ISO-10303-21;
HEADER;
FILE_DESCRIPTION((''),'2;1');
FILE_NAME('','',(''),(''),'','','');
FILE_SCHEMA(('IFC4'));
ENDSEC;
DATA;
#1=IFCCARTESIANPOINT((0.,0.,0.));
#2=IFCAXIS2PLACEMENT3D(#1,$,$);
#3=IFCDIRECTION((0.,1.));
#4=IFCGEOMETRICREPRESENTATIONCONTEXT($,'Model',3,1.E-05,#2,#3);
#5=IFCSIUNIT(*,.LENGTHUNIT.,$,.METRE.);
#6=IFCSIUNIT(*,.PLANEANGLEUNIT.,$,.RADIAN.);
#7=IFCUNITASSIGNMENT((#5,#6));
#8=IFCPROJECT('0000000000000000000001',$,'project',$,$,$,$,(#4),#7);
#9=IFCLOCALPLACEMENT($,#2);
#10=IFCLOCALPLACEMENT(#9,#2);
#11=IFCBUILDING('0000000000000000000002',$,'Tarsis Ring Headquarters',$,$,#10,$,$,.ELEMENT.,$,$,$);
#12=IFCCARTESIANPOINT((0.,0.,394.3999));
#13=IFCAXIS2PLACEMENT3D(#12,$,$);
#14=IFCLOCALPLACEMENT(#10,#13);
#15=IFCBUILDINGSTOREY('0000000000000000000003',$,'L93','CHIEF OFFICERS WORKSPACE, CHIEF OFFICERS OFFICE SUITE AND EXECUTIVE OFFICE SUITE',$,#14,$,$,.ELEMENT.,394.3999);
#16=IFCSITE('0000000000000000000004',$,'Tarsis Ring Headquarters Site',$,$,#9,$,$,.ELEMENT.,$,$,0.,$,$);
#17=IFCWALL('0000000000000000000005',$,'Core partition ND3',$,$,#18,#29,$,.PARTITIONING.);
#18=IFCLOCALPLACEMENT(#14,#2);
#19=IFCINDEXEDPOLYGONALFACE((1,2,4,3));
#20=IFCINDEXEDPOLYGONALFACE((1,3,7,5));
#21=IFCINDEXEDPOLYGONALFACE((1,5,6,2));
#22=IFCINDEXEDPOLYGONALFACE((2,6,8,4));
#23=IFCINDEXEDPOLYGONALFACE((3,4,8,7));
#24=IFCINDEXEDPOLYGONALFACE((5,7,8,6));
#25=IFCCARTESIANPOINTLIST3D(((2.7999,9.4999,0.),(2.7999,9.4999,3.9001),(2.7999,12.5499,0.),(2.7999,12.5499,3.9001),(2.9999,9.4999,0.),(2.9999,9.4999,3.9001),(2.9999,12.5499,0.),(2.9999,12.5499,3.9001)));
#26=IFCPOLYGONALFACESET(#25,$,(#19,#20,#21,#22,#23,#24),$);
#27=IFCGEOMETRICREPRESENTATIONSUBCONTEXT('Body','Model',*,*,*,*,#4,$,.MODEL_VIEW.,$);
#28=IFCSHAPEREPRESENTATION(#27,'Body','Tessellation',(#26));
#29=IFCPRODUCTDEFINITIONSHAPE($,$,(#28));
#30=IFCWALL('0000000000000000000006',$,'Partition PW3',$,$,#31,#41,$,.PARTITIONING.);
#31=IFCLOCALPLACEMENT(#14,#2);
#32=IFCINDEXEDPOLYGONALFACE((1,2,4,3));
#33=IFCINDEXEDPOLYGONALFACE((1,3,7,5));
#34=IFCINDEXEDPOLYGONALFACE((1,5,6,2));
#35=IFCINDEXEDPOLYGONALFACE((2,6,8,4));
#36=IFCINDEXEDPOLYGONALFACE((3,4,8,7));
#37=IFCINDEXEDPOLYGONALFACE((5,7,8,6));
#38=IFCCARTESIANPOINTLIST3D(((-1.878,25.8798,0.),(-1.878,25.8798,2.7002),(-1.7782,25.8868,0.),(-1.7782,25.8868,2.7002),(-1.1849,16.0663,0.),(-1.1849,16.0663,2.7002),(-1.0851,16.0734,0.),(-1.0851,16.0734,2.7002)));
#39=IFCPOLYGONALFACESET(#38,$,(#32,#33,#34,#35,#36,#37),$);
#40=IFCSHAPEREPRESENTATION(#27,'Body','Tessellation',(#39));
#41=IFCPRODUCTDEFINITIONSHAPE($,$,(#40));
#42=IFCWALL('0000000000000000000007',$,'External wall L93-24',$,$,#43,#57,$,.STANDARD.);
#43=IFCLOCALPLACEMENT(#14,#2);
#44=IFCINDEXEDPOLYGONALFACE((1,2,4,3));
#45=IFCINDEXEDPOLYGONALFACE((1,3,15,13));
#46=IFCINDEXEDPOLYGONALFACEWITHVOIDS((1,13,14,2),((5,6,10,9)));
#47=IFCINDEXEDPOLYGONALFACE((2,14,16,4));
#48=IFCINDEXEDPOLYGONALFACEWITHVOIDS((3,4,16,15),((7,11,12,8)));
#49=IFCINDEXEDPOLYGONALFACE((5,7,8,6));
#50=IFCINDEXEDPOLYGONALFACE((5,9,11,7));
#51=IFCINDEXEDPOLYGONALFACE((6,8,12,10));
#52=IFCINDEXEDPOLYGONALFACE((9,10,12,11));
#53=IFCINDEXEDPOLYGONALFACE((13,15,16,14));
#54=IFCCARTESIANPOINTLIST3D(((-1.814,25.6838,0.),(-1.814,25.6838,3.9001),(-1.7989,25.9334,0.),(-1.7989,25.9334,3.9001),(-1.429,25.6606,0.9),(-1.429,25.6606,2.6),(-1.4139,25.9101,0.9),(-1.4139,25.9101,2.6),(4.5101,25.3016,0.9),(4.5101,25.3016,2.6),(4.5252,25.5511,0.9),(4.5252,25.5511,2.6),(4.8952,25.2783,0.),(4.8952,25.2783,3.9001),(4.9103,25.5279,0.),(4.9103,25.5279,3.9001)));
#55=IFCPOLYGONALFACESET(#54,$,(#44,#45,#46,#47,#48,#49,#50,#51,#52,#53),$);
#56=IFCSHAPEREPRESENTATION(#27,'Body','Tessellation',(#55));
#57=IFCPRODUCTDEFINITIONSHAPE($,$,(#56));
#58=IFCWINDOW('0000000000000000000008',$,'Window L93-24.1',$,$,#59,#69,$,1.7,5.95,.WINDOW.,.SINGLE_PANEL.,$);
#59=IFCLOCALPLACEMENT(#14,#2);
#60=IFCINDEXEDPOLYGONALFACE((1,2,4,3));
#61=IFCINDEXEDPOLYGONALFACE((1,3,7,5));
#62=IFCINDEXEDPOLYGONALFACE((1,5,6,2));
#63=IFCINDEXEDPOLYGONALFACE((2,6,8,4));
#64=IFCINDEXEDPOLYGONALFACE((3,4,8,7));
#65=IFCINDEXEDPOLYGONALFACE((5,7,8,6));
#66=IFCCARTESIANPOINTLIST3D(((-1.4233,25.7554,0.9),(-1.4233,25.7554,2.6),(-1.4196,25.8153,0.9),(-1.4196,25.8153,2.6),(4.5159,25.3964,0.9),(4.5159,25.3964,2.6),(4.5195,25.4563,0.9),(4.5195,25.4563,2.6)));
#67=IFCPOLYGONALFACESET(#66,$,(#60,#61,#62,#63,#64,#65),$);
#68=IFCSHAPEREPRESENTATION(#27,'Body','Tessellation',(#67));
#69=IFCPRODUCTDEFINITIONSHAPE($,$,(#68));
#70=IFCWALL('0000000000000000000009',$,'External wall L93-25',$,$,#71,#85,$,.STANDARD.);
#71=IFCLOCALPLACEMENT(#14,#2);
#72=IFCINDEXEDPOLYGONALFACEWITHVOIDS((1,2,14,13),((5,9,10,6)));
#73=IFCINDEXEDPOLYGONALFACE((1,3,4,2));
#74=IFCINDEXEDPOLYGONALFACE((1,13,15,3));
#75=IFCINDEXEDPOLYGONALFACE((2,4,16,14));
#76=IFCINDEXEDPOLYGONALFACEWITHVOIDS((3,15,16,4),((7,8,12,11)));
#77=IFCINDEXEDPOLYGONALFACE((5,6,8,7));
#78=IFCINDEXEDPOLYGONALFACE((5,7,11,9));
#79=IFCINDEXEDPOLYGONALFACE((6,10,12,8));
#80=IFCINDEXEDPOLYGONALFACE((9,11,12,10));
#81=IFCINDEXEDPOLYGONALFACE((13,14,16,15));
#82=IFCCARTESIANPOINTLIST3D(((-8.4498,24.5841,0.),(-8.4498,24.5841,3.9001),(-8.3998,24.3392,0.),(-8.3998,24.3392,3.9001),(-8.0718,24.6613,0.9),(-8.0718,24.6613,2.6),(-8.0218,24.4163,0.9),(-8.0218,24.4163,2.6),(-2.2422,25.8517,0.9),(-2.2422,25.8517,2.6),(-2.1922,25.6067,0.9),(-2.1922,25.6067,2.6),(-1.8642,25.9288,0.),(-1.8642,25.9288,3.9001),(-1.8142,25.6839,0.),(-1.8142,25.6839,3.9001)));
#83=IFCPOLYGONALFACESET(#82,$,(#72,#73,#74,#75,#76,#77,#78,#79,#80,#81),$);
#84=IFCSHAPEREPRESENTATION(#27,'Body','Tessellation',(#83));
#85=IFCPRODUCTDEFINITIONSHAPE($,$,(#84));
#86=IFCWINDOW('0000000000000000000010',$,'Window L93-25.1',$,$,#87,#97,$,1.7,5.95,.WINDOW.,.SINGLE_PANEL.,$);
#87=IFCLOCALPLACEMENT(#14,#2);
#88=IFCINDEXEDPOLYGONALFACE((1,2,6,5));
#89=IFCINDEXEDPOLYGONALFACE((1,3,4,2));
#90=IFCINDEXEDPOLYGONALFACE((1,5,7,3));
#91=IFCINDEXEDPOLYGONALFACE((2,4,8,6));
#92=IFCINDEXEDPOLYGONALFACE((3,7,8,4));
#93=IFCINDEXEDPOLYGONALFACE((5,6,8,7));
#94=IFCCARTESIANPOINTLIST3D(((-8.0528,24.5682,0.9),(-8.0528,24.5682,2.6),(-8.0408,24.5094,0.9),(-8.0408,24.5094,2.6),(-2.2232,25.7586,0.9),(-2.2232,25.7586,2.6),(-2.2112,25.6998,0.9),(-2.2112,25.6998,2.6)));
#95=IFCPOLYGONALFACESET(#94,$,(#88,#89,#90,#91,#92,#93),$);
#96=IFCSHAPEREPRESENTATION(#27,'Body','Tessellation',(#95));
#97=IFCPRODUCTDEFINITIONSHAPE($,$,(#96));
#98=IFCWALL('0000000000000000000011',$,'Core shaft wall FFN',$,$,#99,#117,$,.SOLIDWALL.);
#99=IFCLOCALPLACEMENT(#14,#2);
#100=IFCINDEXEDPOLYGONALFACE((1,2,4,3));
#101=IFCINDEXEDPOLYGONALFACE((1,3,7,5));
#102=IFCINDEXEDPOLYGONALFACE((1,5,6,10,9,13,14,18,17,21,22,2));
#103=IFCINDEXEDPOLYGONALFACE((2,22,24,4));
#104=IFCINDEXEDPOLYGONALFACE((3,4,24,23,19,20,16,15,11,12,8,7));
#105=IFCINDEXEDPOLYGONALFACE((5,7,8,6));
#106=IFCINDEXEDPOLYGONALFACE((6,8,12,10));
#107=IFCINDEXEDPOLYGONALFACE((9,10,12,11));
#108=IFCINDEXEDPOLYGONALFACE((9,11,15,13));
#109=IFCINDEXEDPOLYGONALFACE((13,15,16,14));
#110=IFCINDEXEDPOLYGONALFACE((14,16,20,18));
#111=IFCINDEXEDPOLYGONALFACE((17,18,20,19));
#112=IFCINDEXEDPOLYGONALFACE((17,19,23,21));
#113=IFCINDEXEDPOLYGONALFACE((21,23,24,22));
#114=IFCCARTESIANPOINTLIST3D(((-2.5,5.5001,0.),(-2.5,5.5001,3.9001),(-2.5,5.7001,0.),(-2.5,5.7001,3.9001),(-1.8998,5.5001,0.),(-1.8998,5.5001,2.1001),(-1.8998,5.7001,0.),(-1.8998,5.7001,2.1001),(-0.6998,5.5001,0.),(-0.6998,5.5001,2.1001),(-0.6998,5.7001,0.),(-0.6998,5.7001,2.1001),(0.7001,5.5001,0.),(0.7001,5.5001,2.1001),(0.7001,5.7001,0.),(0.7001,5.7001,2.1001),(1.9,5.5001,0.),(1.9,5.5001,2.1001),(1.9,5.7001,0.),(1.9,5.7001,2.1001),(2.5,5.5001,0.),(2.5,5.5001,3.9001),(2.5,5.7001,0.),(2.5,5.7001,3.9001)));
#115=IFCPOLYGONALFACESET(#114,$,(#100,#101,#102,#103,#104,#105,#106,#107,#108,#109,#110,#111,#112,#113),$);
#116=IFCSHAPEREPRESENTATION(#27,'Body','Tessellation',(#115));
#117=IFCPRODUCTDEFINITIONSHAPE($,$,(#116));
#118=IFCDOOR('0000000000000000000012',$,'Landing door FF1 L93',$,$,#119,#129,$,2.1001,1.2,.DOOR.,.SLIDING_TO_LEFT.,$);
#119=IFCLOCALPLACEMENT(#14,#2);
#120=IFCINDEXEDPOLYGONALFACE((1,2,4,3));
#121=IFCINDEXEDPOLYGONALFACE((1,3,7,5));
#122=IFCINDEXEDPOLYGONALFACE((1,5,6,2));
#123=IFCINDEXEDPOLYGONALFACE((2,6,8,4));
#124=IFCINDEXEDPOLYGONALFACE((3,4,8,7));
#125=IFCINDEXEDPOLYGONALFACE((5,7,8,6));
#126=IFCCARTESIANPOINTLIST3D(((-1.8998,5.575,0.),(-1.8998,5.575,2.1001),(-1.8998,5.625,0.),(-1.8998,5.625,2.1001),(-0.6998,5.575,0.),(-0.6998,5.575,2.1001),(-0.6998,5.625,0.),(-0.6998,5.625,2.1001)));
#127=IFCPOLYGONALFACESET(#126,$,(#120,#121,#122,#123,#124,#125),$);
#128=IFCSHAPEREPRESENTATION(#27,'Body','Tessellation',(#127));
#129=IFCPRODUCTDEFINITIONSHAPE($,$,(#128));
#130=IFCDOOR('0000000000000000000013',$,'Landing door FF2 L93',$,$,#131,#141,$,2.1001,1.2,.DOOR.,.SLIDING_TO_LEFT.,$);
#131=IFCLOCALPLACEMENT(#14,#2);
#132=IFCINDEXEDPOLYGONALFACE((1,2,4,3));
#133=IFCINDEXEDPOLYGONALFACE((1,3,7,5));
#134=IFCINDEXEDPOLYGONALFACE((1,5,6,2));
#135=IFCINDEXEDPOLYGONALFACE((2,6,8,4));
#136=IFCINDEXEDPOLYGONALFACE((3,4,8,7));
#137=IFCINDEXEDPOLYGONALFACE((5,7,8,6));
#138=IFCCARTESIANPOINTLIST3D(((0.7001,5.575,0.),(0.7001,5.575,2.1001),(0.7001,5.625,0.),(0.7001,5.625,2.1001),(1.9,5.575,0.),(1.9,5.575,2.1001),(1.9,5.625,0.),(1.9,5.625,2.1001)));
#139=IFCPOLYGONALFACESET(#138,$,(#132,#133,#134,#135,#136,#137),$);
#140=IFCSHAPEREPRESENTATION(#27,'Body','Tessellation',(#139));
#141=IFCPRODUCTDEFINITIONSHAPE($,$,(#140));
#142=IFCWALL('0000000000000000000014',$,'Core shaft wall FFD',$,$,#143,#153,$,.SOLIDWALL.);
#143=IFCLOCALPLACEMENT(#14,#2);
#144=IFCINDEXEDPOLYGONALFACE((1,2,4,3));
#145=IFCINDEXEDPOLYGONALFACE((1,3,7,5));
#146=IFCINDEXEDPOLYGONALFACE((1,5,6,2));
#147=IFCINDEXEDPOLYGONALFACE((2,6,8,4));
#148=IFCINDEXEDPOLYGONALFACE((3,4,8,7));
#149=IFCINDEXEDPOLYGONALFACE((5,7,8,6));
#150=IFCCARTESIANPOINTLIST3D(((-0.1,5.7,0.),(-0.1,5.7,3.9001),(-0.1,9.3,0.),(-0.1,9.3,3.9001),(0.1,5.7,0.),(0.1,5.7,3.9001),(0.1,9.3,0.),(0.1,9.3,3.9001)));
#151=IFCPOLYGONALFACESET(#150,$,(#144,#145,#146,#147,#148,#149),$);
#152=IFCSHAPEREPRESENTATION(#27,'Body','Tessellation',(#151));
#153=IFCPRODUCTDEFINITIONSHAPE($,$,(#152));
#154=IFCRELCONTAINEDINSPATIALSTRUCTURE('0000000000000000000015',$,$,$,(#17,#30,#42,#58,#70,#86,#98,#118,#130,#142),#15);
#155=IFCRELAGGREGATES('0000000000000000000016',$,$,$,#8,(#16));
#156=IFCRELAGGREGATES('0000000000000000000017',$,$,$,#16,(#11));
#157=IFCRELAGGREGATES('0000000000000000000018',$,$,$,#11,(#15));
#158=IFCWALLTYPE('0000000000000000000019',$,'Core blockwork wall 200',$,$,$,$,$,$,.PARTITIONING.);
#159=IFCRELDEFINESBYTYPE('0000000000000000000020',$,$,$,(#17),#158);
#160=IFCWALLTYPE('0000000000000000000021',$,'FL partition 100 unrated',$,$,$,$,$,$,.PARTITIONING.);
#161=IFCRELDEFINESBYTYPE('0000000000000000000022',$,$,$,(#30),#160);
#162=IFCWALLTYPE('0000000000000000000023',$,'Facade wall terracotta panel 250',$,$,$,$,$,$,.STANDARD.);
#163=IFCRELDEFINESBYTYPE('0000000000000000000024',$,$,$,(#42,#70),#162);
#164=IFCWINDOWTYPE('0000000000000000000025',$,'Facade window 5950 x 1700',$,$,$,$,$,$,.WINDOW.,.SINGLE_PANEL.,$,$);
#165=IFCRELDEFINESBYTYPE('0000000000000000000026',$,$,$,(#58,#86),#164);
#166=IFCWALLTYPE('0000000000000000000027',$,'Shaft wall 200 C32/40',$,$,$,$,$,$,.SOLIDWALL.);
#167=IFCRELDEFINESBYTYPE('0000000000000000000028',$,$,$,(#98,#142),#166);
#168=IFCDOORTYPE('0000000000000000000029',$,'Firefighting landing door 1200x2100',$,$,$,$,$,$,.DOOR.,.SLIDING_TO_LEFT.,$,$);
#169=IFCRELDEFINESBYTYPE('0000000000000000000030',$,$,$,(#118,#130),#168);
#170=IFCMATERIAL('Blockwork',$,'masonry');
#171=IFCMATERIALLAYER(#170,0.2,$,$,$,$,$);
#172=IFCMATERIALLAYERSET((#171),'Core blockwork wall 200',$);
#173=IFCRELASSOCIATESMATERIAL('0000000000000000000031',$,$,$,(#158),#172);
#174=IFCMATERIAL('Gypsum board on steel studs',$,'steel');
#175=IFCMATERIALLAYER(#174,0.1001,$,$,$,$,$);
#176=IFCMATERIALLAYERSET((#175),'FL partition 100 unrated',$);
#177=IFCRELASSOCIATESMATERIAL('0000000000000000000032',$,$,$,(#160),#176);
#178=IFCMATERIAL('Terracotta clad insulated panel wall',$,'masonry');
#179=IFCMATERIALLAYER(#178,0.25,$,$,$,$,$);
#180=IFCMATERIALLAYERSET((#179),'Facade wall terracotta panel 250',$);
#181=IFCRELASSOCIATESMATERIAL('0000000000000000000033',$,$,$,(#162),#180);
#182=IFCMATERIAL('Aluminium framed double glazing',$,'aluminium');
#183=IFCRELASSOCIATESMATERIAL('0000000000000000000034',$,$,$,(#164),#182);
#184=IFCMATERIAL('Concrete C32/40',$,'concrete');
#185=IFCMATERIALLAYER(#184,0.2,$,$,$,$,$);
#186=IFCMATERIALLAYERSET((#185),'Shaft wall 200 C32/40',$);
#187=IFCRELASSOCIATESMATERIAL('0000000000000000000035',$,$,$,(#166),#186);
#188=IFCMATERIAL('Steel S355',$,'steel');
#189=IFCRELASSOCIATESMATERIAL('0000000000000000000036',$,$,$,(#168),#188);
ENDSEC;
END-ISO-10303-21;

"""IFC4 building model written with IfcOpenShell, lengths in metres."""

from ifc_helpers import new_model, si_unit, direction, frame, frame_2d, origin, place, context, subcontext, project, spatial, rectangle, extrude, material, layer, layer_set, type_object, element, fill, save


model = new_model("IFC4")

# Units and contexts
model_context = context("Model", 3, precision=1e-05, world=origin(), true_north=direction((0.0, 1.0)))
body_context = subcontext(model_context, "Body", "Model", "MODEL_VIEW")
ifc_project = project(units=[si_unit("LENGTHUNIT", "METRE"), si_unit("PLANEANGLEUNIT", "RADIAN")], contexts=[model_context])

# Site, building, storey
site_placement = place(None, origin())
site = spatial("IfcSite", under=ifc_project, at=site_placement, Name="Tarsis Ring Headquarters Site", CompositionType="ELEMENT", RefElevation=0.0)
building_placement = place(site_placement, origin())
building = spatial("IfcBuilding", under=site, at=building_placement, Name="Tarsis Ring Headquarters", CompositionType="ELEMENT")
storey_placement = place(building_placement, frame((0.0, 0.0, 394.3999)))
storey = spatial("IfcBuildingStorey", under=building, at=storey_placement, Name="L93", Description="CHIEF OFFICERS WORKSPACE, CHIEF OFFICERS OFFICE SUITE AND EXECUTIVE OFFICE SUITE", CompositionType="ELEMENT", Elevation=394.3999)

# Walls
ifc_material_1 = material(Name="Blockwork", Category="masonry")
ifc_layer_1 = layer(ifc_material_1, 0.2)
ifc_layer_set_1 = layer_set([ifc_layer_1], Name="Core blockwork wall 200")
wall_type_1 = type_object("IfcWallType", Name="Core blockwork wall 200", PredefinedType="PARTITIONING", material=ifc_layer_set_1)
for number, where, z_axis, x_axis, name in (
    (1, (2.8999, 9.5, 0.0), (0.0, 0.0, 1.0), (0.0, 1.0, 0.0), "Core partition ND3"),
):
    element("IfcWall", number, at=place(storey_placement, frame(where, z_axis=z_axis, x_axis=x_axis)), inside=storey, type_object=wall_type_1, Name=name, PredefinedType="PARTITIONING", context=body_context, shape_type="SweptSolid", body=[
        extrude(rectangle(XDim=3.05, YDim=0.2, at=frame_2d((1.5249, 0.0))), origin(), (0.0, 0.0, 1.0), 3.9001),
    ])
ifc_material_2 = material(Name="Gypsum board on steel studs", Category="steel")
ifc_layer_2 = layer(ifc_material_2, 0.1001)
ifc_layer_set_2 = layer_set([ifc_layer_2], Name="FL partition 100 unrated")
wall_type_2 = type_object("IfcWallType", Name="FL partition 100 unrated", PredefinedType="PARTITIONING", material=ifc_layer_set_2)
wall_1_placement = place(storey_placement, frame((-1.8281, 25.8833, 0.0), z_axis=(0.0, 0.0, 1.0), x_axis=(0.070453, -0.997515, 0.0)))
element("IfcWall", 2, at=wall_1_placement, inside=storey, type_object=wall_type_2, Name="Partition PW3", PredefinedType="PARTITIONING", context=body_context, shape_type="SweptSolid", body=[
    extrude(rectangle(XDim=9.8379, YDim=0.1001, at=frame_2d((4.9189, 0.0))), origin(), (0.0, 0.0, 1.0), 2.7002),
])

# Walls, openings, windows
ifc_material_3 = material(Name="Terracotta clad insulated panel wall", Category="masonry")
ifc_layer_3 = layer(ifc_material_3, 0.25)
ifc_layer_set_3 = layer_set([ifc_layer_3], Name="Facade wall terracotta panel 250")
wall_type_3 = type_object("IfcWallType", Name="Facade wall terracotta panel 250", PredefinedType="STANDARD", material=ifc_layer_set_3)
wall_2_placement = place(storey_placement, frame((4.9028, 25.4031, 0.0), z_axis=(0.0, 0.0, 1.0), x_axis=(-0.998178, 0.060332, 0.0)))
wall_2 = element("IfcWall", 3, at=wall_2_placement, inside=storey, type_object=wall_type_3, Name="External wall L93-24", PredefinedType="STANDARD", context=body_context, shape_type="SweptSolid", body=[
    extrude(rectangle(XDim=6.7214, YDim=0.25, at=frame_2d((3.3608, 0.0))), origin(), (0.0, 0.0, 1.0), 3.9001),
])
opening_1_placement = place(wall_2_placement, frame((0.3857, 0.0, 0.8999)))
opening_1 = element("IfcOpeningElement", 4, at=opening_1_placement, cuts=wall_2, PredefinedType="OPENING", context=body_context, shape_type="SweptSolid", body=[
    extrude(rectangle(XDim=5.95, YDim=1.7, at=frame_2d((2.9751, 0.8501))), frame((0.0, 0.135, 0.0), z_axis=(0.0, -1.0, 0.0), x_axis=(1.0, 0.0, 0.0)), (0.0, 0.0, 1.0), 0.27),
])
ifc_material_4 = material(Name="Aluminium framed double glazing", Category="aluminium")
window_type = type_object("IfcWindowType", Name="Facade window 5950 x 1700", PartitioningType="SINGLE_PANEL", PredefinedType="WINDOW", material=ifc_material_4)
window_1_placement = place(opening_1_placement, origin())
window_1 = element("IfcWindow", 5, at=window_1_placement, inside=storey, type_object=window_type, Name="Window L93-24.1", OverallHeight=1.7, OverallWidth=5.95, PartitioningType="SINGLE_PANEL", PredefinedType="WINDOW", context=body_context, shape_type="SweptSolid", body=[
    extrude(rectangle(XDim=5.95, YDim=1.7, at=frame_2d((2.9751, 0.8501))), frame((0.0, 0.03, 0.0), z_axis=(0.0, -1.0, 0.0), x_axis=(1.0, 0.0, 0.0)), (0.0, 0.0, 1.0), 0.0601),
])
fill(opening_1, window_1)
wall_3_placement = place(storey_placement, frame((-1.8391, 25.8064, 0.0), z_axis=(0.0, 0.0, 1.0), x_axis=(-0.979782, -0.200068, 0.0)))
wall_3 = element("IfcWall", 6, at=wall_3_placement, inside=storey, type_object=wall_type_3, Name="External wall L93-25", PredefinedType="STANDARD", context=body_context, shape_type="SweptSolid", body=[
    extrude(rectangle(XDim=6.7214, YDim=0.25, at=frame_2d((3.3608, 0.0))), origin(), (0.0, 0.0, 1.0), 3.9001),
])
opening_2_placement = place(wall_3_placement, frame((0.3857, 0.0, 0.8999)))
opening_2 = element("IfcOpeningElement", 7, at=opening_2_placement, cuts=wall_3, PredefinedType="OPENING", context=body_context, shape_type="SweptSolid", body=[
    extrude(rectangle(XDim=5.95, YDim=1.7, at=frame_2d((2.9751, 0.8501))), frame((0.0, 0.135, 0.0), z_axis=(0.0, -1.0, 0.0), x_axis=(1.0, 0.0, 0.0)), (0.0, 0.0, 1.0), 0.27),
])
window_2_placement = place(opening_2_placement, origin())
window_2 = element("IfcWindow", 8, at=window_2_placement, inside=storey, type_object=window_type, Name="Window L93-25.1", OverallHeight=1.7, OverallWidth=5.95, PartitioningType="SINGLE_PANEL", PredefinedType="WINDOW", context=body_context, shape_type="SweptSolid", body=[
    extrude(rectangle(XDim=5.95, YDim=1.7, at=frame_2d((2.9751, 0.8501))), frame((0.0, 0.03, 0.0), z_axis=(0.0, -1.0, 0.0), x_axis=(1.0, 0.0, 0.0)), (0.0, 0.0, 1.0), 0.0601),
])
fill(opening_2, window_2)

# Wall, openings, doors
ifc_material_5 = material(Name="Concrete C32/40", Category="concrete")
ifc_layer_4 = layer(ifc_material_5, 0.2)
ifc_layer_set_4 = layer_set([ifc_layer_4], Name="Shaft wall 200 C32/40")
wall_type_4 = type_object("IfcWallType", Name="Shaft wall 200 C32/40", PredefinedType="SOLIDWALL", material=ifc_layer_set_4)
wall_4_placement = place(storey_placement, frame((-2.5, 5.6001, 0.0), z_axis=(0.0, 0.0, 1.0), x_axis=(1.0, 0.0, 0.0)))
wall_4 = element("IfcWall", 9, at=wall_4_placement, inside=storey, type_object=wall_type_4, Name="Core shaft wall FFN", PredefinedType="SOLIDWALL", context=body_context, shape_type="SweptSolid", body=[
    extrude(rectangle(XDim=5.0, YDim=0.2, at=frame_2d((2.5, 0.0))), origin(), (0.0, 0.0, 1.0), 3.9001),
])
opening_3_placement = place(wall_4_placement, frame((0.6001, 0.0, 0.0)))
opening_3 = element("IfcOpeningElement", 10, at=opening_3_placement, cuts=wall_4, PredefinedType="OPENING", context=body_context, shape_type="SweptSolid", body=[
    extrude(rectangle(XDim=1.2, YDim=2.1001, at=frame_2d((0.6001, 1.05))), frame((0.0, 0.1099, 0.0), z_axis=(0.0, -1.0, 0.0), x_axis=(1.0, 0.0, 0.0)), (0.0, 0.0, 1.0), 0.22),
])
opening_4_placement = place(wall_4_placement, frame((3.2, 0.0, 0.0)))
opening_4 = element("IfcOpeningElement", 11, at=opening_4_placement, cuts=wall_4, PredefinedType="OPENING", context=body_context, shape_type="SweptSolid", body=[
    extrude(rectangle(XDim=1.2, YDim=2.1001, at=frame_2d((0.6001, 1.05))), frame((0.0, 0.1099, 0.0), z_axis=(0.0, -1.0, 0.0), x_axis=(1.0, 0.0, 0.0)), (0.0, 0.0, 1.0), 0.22),
])
ifc_material_6 = material(Name="Steel S355", Category="steel")
door_type = type_object("IfcDoorType", Name="Firefighting landing door 1200x2100", OperationType="SLIDING_TO_LEFT", PredefinedType="DOOR", material=ifc_material_6)
door_1_placement = place(opening_3_placement, origin())
door_1 = element("IfcDoor", 12, at=door_1_placement, inside=storey, type_object=door_type, Name="Landing door FF1 L93", OperationType="SLIDING_TO_LEFT", OverallHeight=2.1001, OverallWidth=1.2, PredefinedType="DOOR", context=body_context, shape_type="SweptSolid", body=[
    extrude(rectangle(XDim=1.2, YDim=2.1001, at=frame_2d((0.6001, 1.05))), frame((0.0, 0.0249, 0.0), z_axis=(0.0, -1.0, 0.0), x_axis=(1.0, 0.0, 0.0)), (0.0, 0.0, 1.0), 0.05),
])
fill(opening_3, door_1)
door_2_placement = place(opening_4_placement, origin())
door_2 = element("IfcDoor", 13, at=door_2_placement, inside=storey, type_object=door_type, Name="Landing door FF2 L93", OperationType="SLIDING_TO_LEFT", OverallHeight=2.1001, OverallWidth=1.2, PredefinedType="DOOR", context=body_context, shape_type="SweptSolid", body=[
    extrude(rectangle(XDim=1.2, YDim=2.1001, at=frame_2d((0.6001, 1.05))), frame((0.0, 0.0249, 0.0), z_axis=(0.0, -1.0, 0.0), x_axis=(1.0, 0.0, 0.0)), (0.0, 0.0, 1.0), 0.05),
])
fill(opening_4, door_2)

# Wall
wall_5_placement = place(storey_placement, frame((0.0, 5.7, 0.0), z_axis=(0.0, 0.0, 1.0), x_axis=(0.0, 1.0, 0.0)))
element("IfcWall", 14, at=wall_5_placement, inside=storey, type_object=wall_type_4, Name="Core shaft wall FFD", PredefinedType="SOLIDWALL", context=body_context, shape_type="SweptSolid", body=[
    extrude(rectangle(XDim=3.6001, YDim=0.2, at=frame_2d((1.8, 0.0))), origin(), (0.0, 0.0, 1.0), 3.9001),
])

save(model, "model.ifc")
